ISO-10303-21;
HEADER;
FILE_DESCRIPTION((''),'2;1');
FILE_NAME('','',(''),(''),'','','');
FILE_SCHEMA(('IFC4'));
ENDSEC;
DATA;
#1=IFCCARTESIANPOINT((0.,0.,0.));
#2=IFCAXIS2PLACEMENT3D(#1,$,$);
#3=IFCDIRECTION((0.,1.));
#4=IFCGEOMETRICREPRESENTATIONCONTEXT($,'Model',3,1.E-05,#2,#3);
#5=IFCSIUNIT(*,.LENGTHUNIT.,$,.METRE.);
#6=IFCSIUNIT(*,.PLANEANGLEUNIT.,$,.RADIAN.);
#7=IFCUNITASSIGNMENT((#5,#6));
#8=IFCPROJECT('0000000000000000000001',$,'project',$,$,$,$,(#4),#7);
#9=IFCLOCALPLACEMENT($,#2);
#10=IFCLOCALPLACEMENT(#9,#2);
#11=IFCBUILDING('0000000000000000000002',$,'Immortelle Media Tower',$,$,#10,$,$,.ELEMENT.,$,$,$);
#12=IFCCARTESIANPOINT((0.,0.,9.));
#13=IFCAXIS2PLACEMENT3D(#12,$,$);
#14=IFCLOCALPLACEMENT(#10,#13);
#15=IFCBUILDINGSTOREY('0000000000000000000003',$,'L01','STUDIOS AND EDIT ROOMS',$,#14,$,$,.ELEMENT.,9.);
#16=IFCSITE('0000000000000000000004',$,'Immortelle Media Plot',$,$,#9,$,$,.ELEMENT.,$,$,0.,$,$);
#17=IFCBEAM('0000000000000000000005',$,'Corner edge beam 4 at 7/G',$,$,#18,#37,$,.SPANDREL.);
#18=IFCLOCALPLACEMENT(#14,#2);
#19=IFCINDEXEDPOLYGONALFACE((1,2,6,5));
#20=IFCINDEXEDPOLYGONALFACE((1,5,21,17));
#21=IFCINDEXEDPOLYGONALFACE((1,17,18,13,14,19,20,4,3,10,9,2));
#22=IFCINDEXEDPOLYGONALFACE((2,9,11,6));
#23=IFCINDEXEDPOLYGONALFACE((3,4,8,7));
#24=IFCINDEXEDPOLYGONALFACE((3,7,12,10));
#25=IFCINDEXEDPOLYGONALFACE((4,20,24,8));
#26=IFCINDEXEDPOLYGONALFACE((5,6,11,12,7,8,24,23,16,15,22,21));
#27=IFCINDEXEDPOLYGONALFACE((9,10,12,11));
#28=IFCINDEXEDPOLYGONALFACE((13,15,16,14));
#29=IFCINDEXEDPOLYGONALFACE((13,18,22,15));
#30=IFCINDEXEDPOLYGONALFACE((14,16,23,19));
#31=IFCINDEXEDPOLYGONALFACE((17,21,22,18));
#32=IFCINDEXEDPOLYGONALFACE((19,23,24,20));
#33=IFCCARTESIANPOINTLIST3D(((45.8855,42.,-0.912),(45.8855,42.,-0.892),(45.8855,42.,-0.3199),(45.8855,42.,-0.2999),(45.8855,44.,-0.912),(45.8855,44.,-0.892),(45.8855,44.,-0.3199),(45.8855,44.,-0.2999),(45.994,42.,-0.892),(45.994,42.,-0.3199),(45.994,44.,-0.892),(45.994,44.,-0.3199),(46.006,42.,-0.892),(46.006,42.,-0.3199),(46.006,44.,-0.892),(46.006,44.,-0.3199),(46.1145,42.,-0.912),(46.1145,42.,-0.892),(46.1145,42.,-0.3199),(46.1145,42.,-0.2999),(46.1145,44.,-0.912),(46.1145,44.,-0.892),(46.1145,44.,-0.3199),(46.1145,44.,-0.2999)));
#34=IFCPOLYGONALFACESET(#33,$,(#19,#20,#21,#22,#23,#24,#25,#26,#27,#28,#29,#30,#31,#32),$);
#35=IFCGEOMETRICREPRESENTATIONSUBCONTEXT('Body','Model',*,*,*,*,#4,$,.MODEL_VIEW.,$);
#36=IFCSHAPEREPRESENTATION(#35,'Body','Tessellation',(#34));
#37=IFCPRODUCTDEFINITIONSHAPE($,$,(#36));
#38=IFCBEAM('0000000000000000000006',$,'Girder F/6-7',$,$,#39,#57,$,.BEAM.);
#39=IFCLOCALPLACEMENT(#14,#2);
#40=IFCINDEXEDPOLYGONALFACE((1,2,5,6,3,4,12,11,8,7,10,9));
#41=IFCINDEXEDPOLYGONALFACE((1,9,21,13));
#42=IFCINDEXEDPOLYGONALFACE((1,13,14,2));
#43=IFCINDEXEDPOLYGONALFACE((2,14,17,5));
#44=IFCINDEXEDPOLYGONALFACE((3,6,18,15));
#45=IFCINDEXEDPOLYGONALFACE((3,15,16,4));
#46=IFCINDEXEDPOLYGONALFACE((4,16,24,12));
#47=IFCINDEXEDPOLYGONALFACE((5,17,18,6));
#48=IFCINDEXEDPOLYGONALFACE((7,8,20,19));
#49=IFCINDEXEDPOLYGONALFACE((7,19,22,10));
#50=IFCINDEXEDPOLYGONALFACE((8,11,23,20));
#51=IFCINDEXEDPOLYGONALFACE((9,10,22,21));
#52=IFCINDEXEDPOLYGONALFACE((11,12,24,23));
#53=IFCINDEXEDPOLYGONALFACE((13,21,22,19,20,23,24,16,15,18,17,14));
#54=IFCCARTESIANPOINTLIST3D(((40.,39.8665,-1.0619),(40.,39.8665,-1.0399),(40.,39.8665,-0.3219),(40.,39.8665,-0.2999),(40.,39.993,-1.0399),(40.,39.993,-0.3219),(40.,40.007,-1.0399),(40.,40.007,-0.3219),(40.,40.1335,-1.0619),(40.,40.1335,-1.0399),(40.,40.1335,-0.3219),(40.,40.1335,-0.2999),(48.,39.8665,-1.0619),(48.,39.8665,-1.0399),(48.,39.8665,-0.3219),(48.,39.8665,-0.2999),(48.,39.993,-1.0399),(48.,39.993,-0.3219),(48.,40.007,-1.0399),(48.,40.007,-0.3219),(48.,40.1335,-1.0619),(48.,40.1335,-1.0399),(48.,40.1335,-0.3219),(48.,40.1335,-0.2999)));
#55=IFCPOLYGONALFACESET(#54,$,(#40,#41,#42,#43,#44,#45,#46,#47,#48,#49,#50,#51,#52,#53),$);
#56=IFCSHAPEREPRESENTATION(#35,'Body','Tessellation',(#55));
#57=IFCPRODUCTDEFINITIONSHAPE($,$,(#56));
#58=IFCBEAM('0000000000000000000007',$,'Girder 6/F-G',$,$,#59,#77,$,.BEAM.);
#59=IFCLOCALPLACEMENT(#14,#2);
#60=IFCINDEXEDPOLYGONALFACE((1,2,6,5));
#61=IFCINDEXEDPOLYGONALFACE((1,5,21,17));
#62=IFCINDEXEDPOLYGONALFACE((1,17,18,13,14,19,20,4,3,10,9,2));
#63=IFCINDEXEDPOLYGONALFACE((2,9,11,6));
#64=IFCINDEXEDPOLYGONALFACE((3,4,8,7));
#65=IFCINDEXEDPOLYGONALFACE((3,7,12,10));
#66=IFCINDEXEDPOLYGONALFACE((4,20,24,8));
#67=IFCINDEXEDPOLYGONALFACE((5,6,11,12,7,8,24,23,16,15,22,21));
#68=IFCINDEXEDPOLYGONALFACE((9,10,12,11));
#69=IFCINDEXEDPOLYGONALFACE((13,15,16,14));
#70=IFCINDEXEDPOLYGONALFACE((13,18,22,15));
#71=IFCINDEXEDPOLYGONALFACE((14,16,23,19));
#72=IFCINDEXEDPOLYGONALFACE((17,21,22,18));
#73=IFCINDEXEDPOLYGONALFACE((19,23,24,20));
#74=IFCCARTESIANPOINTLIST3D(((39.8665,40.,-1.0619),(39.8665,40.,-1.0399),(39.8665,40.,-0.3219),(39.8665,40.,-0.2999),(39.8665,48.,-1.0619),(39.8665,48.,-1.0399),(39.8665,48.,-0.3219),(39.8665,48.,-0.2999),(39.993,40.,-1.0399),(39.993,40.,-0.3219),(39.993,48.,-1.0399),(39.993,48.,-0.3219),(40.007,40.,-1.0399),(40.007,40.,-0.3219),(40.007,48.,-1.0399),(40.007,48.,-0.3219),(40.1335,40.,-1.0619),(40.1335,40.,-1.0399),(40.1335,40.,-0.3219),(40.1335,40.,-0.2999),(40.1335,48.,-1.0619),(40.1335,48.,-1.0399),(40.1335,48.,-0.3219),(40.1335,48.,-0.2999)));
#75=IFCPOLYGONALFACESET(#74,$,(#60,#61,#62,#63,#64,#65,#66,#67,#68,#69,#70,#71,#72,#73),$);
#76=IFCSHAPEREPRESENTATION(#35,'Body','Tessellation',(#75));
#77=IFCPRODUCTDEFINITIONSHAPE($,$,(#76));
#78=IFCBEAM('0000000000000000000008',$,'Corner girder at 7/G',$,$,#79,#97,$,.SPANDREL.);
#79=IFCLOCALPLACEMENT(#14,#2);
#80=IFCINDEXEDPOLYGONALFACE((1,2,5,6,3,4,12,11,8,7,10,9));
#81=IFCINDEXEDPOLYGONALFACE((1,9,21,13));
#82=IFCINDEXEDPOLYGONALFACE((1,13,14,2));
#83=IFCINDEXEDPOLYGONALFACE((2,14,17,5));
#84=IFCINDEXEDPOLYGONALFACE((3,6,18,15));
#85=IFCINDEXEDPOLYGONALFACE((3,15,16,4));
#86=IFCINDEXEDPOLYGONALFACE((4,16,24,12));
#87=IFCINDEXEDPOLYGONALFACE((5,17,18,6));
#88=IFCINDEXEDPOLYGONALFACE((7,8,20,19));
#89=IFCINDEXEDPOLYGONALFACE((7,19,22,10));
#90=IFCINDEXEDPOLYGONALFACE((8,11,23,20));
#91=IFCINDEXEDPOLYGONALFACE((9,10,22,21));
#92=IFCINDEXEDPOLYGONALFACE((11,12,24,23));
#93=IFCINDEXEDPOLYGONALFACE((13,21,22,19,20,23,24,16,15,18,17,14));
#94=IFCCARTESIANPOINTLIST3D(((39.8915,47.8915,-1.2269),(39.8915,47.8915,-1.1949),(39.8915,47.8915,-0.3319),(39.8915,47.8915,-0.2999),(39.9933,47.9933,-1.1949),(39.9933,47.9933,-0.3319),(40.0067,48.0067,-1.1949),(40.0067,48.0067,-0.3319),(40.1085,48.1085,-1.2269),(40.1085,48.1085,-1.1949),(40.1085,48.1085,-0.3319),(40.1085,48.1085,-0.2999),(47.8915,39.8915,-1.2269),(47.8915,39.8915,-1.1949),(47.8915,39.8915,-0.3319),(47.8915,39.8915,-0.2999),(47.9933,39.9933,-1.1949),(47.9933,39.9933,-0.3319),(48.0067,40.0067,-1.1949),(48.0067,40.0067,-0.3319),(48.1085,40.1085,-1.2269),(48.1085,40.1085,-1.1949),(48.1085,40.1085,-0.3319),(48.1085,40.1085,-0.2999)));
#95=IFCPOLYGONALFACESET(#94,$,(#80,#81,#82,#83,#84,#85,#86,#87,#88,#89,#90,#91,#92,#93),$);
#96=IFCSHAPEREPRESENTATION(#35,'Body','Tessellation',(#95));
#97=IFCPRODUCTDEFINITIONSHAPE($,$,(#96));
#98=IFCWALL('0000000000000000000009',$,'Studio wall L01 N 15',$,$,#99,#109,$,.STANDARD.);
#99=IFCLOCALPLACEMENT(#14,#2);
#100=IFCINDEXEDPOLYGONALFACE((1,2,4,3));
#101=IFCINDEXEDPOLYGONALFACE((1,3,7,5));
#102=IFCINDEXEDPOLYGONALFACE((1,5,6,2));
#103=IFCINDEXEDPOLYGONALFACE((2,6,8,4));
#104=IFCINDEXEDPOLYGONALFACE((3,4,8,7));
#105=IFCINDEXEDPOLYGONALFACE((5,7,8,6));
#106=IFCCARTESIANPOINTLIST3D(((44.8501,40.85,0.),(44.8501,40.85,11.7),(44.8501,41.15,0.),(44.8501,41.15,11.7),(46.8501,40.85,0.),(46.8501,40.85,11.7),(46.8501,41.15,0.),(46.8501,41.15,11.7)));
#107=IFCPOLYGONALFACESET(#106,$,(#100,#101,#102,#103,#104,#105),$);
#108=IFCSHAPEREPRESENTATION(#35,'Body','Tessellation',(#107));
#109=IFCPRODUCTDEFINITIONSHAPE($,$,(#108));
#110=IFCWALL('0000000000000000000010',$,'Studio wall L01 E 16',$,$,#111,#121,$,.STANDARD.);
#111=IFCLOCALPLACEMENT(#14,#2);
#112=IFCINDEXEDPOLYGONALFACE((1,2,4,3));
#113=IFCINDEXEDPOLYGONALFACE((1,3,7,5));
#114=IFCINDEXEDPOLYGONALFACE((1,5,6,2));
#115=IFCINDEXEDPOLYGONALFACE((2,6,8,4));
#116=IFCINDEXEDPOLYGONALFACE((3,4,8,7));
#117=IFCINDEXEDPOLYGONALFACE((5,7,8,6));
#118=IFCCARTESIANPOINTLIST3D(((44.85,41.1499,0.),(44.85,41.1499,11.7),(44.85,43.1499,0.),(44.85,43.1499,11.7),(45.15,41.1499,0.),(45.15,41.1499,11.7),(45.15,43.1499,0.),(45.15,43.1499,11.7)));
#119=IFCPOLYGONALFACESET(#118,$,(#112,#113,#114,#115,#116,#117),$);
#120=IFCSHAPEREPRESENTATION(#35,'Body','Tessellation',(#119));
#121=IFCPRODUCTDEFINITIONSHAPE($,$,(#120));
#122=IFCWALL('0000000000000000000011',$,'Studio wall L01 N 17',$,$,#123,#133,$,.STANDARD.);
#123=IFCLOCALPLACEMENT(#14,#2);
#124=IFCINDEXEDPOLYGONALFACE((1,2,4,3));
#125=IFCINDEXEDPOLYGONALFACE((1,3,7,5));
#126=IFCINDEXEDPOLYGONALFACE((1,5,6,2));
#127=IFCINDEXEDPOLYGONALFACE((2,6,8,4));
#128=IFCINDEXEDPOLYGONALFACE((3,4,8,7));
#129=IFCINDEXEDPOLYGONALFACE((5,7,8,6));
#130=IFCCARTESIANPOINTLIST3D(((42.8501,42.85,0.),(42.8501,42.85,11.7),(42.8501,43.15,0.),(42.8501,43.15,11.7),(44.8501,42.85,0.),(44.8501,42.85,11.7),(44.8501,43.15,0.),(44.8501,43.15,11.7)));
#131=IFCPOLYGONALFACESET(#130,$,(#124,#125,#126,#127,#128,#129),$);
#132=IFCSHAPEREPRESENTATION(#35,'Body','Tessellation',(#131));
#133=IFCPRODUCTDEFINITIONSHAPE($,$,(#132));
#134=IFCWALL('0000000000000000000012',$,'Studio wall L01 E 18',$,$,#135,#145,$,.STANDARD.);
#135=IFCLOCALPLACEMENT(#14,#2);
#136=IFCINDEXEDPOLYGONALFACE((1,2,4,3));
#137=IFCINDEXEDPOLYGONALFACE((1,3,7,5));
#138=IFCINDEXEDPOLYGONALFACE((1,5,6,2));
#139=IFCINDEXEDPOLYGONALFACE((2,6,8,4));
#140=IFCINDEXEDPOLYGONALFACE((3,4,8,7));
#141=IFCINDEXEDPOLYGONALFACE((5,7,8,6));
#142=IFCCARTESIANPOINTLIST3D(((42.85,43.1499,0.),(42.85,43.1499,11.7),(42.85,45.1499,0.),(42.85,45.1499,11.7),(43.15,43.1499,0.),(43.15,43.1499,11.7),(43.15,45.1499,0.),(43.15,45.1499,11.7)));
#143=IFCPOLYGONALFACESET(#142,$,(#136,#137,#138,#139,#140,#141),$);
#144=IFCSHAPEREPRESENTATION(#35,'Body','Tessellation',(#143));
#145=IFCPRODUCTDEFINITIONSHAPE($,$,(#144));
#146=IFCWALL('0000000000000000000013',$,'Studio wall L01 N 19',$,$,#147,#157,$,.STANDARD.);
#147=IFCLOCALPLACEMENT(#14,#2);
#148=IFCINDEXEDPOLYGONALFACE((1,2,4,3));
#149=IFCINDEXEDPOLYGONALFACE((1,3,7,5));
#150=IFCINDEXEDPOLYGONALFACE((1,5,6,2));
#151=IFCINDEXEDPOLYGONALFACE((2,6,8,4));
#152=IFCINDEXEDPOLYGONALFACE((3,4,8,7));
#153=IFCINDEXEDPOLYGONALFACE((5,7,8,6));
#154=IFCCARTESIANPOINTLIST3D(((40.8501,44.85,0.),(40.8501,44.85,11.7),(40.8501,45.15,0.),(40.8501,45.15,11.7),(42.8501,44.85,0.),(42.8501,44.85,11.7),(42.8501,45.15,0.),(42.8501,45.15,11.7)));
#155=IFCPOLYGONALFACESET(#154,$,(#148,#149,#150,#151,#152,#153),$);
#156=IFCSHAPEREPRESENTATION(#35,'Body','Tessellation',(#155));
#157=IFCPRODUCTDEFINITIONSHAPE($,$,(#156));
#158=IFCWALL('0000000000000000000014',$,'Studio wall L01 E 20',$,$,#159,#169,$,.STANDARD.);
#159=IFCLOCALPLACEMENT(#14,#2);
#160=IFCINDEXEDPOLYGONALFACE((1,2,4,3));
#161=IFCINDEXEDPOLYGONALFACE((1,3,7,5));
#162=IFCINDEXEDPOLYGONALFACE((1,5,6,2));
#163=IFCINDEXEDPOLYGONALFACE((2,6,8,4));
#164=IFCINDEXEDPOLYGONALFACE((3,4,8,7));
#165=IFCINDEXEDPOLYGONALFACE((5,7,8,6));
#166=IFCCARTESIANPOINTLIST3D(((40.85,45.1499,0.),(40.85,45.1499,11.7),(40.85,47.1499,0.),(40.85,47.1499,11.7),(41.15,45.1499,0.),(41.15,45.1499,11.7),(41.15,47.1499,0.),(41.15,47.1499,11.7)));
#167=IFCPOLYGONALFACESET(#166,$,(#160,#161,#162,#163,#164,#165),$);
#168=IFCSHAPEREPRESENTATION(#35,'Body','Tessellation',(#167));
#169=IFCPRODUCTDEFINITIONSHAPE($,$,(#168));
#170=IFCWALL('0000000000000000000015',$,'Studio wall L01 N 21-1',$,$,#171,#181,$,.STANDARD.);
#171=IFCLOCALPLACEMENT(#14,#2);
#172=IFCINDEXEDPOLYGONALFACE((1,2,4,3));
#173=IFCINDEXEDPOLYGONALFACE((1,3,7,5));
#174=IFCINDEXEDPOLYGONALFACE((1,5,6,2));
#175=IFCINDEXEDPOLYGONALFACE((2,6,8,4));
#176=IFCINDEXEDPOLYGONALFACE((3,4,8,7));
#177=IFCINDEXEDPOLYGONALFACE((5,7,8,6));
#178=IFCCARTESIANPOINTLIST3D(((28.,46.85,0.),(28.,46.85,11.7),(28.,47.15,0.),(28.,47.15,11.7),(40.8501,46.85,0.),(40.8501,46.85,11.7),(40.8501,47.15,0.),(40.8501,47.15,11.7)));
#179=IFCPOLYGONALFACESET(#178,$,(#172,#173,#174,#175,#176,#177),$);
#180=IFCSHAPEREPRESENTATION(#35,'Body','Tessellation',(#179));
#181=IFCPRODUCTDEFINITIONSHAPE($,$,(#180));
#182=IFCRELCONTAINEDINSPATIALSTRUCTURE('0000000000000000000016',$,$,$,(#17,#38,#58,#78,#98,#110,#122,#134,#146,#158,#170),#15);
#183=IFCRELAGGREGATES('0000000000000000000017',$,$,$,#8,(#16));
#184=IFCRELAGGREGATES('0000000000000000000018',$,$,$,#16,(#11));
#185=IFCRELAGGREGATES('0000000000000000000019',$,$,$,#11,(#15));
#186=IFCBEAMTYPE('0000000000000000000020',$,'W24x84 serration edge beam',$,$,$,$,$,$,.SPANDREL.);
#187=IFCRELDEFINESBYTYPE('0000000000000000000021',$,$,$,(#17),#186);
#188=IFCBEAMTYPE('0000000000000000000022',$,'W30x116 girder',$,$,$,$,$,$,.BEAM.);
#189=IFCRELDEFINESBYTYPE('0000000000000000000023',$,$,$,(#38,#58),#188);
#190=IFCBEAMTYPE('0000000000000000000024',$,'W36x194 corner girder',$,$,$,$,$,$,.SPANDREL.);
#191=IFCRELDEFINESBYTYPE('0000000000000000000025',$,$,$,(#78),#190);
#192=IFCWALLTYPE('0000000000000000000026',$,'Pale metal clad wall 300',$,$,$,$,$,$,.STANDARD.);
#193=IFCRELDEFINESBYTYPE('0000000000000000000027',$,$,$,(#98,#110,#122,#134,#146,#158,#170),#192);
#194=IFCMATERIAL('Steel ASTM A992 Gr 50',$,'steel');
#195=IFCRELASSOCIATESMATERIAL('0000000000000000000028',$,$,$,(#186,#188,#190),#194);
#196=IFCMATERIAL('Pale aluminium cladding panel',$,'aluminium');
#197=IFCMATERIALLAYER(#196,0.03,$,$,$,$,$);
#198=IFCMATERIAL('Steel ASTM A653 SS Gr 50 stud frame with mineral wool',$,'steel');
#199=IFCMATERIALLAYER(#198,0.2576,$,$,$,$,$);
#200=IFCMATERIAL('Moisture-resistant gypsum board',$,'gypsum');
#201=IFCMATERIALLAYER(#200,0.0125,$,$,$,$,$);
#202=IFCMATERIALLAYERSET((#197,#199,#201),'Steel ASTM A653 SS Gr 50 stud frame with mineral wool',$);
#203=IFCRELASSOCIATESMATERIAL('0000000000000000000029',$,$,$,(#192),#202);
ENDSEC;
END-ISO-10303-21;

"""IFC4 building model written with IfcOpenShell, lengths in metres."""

from ifc_helpers import new_model, si_unit, direction, frame, frame_2d, origin, origin_2d, place, context, subcontext, project, spatial, rectangle, i_section, extrude, material, layer, layer_set, material_profile, profile_set, type_object, element, save


model = new_model("IFC4")

# Units and contexts
model_context = context("Model", 3, precision=1e-05, world=origin(), true_north=direction((0.0, 1.0)))
body_context = subcontext(model_context, "Body", "Model", "MODEL_VIEW")
ifc_project = project(units=[si_unit("LENGTHUNIT", "METRE"), si_unit("PLANEANGLEUNIT", "RADIAN")], contexts=[model_context])

# Site, building, storey
site_placement = place(None, origin())
site = spatial("IfcSite", under=ifc_project, at=site_placement, Name="Immortelle Media Plot", CompositionType="ELEMENT", RefElevation=0.0)
building_placement = place(site_placement, origin())
building = spatial("IfcBuilding", under=site, at=building_placement, Name="Immortelle Media Tower", CompositionType="ELEMENT")
storey_placement = place(building_placement, frame((0.0, 0.0, 9.0)))
storey = spatial("IfcBuildingStorey", under=building, at=storey_placement, Name="L01", Description="STUDIOS AND EDIT ROOMS", CompositionType="ELEMENT", Elevation=9.0)

# Shared definitions
ifc_material_1 = material(Name="Steel ASTM A992 Gr 50", Category="steel")

# Beams
ifc_material_profile_1 = material_profile(ifc_material_1, i_section(OverallWidth=0.229, OverallDepth=0.6121, WebThickness=0.012, FlangeThickness=0.02, at=origin_2d()), Name="W24x84")
ifc_profile_set_1 = profile_set([ifc_material_profile_1], Name="Steel ASTM A992 Gr 50")
beam_type_1 = type_object("IfcBeamType", Name="W24x84 serration edge beam", PredefinedType="SPANDREL", material=ifc_profile_set_1)
for number, where, z_axis, x_axis, name in (
    (1, (46.0, 44.0, -0.606), (0.0, -1.0, 0.0), (1.0, 0.0, 0.0), "Corner edge beam 4 at 7/G"),
):
    element("IfcBeam", number, at=place(storey_placement, frame(where, z_axis=z_axis, x_axis=x_axis)), inside=storey, type_object=beam_type_1, Name=name, PredefinedType="SPANDREL", context=body_context, shape_type="SweptSolid", body=[
        extrude(i_section(OverallWidth=0.229, OverallDepth=0.6121, WebThickness=0.012, FlangeThickness=0.02, at=origin_2d()), origin(), (0.0, 0.0, 1.0), 2.0),
    ])
ifc_material_profile_2 = material_profile(ifc_material_1, i_section(OverallWidth=0.2671, OverallDepth=0.762, WebThickness=0.0139, FlangeThickness=0.022, at=origin_2d()), Name="W30x116")
ifc_profile_set_2 = profile_set([ifc_material_profile_2], Name="Steel ASTM A992 Gr 50")
beam_type_2 = type_object("IfcBeamType", Name="W30x116 girder", PredefinedType="BEAM", material=ifc_profile_set_2)
for number, where, z_axis, x_axis, name in (
    (2, (40.0, 40.0, -0.6809), (1.0, 0.0, 0.0), (0.0, 1.0, 0.0), "Girder F/6-7"),
    (3, (40.0, 40.0, -0.6809), (0.0, 1.0, 0.0), (-1.0, 0.0, 0.0), "Girder 6/F-G"),
):
    element("IfcBeam", number, at=place(storey_placement, frame(where, z_axis=z_axis, x_axis=x_axis)), inside=storey, type_object=beam_type_2, Name=name, PredefinedType="BEAM", context=body_context, shape_type="SweptSolid", body=[
        extrude(i_section(OverallWidth=0.2671, OverallDepth=0.762, WebThickness=0.0139, FlangeThickness=0.022, at=origin_2d()), origin(), (0.0, 0.0, 1.0), 8.0),
    ])
ifc_material_profile_3 = material_profile(ifc_material_1, i_section(OverallWidth=0.3069, OverallDepth=0.927, WebThickness=0.019, FlangeThickness=0.032, at=origin_2d()), Name="W36x194")
ifc_profile_set_3 = profile_set([ifc_material_profile_3], Name="Steel ASTM A992 Gr 50")
beam_type_3 = type_object("IfcBeamType", Name="W36x194 corner girder", PredefinedType="SPANDREL", material=ifc_profile_set_3)
beam_1_placement = place(storey_placement, frame((40.0, 48.0, -0.7634), z_axis=(0.707107, -0.707107, 0.0), x_axis=(0.707107, 0.707107, 0.0)))
element("IfcBeam", 4, at=beam_1_placement, inside=storey, type_object=beam_type_3, Name="Corner girder at 7/G", PredefinedType="SPANDREL", context=body_context, shape_type="SweptSolid", body=[
    extrude(i_section(OverallWidth=0.3069, OverallDepth=0.927, WebThickness=0.019, FlangeThickness=0.032, at=origin_2d()), origin(), (0.0, 0.0, 1.0), 11.3137),
])

# Walls
ifc_material_2 = material(Name="Pale aluminium cladding panel", Category="aluminium")
ifc_layer_1 = layer(ifc_material_2, 0.03)
ifc_material_3 = material(Name="Steel ASTM A653 SS Gr 50 stud frame with mineral wool", Category="steel")
ifc_layer_2 = layer(ifc_material_3, 0.2576)
ifc_material_4 = material(Name="Moisture-resistant gypsum board", Category="gypsum")
ifc_layer_3 = layer(ifc_material_4, 0.0125)
ifc_layer_set = layer_set([ifc_layer_1, ifc_layer_2, ifc_layer_3], Name="Steel ASTM A653 SS Gr 50 stud frame with mineral wool")
wall_type = type_object("IfcWallType", Name="Pale metal clad wall 300", PredefinedType="STANDARD", material=ifc_layer_set)
for number, where, z_axis, x_axis, name in (
    (5, (46.8501, 41.0, 0.0), (0.0, 0.0, 1.0), (-1.0, 0.0, 0.0), "Studio wall L01 N 15"),
    (6, (45.0, 41.1499, 0.0), (0.0, 0.0, 1.0), (0.0, 1.0, 0.0), "Studio wall L01 E 16"),
    (7, (44.8501, 43.0, 0.0), (0.0, 0.0, 1.0), (-1.0, 0.0, 0.0), "Studio wall L01 N 17"),
    (8, (43.0, 43.1499, 0.0), (0.0, 0.0, 1.0), (0.0, 1.0, 0.0), "Studio wall L01 E 18"),
    (9, (42.8501, 45.0, 0.0), (0.0, 0.0, 1.0), (-1.0, 0.0, 0.0), "Studio wall L01 N 19"),
    (10, (41.0, 45.1499, 0.0), (0.0, 0.0, 1.0), (0.0, 1.0, 0.0), "Studio wall L01 E 20"),
):
    element("IfcWall", number, at=place(storey_placement, frame(where, z_axis=z_axis, x_axis=x_axis)), inside=storey, type_object=wall_type, Name=name, PredefinedType="STANDARD", context=body_context, shape_type="SweptSolid", body=[
        extrude(rectangle(XDim=2.0, YDim=0.3, at=frame_2d((1.0, 0.0))), origin(), (0.0, 0.0, 1.0), 11.7),
    ])
wall_placement = place(storey_placement, frame((40.8501, 47.0, 0.0), z_axis=(0.0, 0.0, 1.0), x_axis=(-1.0, 0.0, 0.0)))
element("IfcWall", 11, at=wall_placement, inside=storey, type_object=wall_type, Name="Studio wall L01 N 21-1", PredefinedType="STANDARD", context=body_context, shape_type="SweptSolid", body=[
    extrude(rectangle(XDim=12.8501, YDim=0.3, at=frame_2d((6.425, 0.0))), origin(), (0.0, 0.0, 1.0), 11.7),
])

save(model, "model.ifc")
